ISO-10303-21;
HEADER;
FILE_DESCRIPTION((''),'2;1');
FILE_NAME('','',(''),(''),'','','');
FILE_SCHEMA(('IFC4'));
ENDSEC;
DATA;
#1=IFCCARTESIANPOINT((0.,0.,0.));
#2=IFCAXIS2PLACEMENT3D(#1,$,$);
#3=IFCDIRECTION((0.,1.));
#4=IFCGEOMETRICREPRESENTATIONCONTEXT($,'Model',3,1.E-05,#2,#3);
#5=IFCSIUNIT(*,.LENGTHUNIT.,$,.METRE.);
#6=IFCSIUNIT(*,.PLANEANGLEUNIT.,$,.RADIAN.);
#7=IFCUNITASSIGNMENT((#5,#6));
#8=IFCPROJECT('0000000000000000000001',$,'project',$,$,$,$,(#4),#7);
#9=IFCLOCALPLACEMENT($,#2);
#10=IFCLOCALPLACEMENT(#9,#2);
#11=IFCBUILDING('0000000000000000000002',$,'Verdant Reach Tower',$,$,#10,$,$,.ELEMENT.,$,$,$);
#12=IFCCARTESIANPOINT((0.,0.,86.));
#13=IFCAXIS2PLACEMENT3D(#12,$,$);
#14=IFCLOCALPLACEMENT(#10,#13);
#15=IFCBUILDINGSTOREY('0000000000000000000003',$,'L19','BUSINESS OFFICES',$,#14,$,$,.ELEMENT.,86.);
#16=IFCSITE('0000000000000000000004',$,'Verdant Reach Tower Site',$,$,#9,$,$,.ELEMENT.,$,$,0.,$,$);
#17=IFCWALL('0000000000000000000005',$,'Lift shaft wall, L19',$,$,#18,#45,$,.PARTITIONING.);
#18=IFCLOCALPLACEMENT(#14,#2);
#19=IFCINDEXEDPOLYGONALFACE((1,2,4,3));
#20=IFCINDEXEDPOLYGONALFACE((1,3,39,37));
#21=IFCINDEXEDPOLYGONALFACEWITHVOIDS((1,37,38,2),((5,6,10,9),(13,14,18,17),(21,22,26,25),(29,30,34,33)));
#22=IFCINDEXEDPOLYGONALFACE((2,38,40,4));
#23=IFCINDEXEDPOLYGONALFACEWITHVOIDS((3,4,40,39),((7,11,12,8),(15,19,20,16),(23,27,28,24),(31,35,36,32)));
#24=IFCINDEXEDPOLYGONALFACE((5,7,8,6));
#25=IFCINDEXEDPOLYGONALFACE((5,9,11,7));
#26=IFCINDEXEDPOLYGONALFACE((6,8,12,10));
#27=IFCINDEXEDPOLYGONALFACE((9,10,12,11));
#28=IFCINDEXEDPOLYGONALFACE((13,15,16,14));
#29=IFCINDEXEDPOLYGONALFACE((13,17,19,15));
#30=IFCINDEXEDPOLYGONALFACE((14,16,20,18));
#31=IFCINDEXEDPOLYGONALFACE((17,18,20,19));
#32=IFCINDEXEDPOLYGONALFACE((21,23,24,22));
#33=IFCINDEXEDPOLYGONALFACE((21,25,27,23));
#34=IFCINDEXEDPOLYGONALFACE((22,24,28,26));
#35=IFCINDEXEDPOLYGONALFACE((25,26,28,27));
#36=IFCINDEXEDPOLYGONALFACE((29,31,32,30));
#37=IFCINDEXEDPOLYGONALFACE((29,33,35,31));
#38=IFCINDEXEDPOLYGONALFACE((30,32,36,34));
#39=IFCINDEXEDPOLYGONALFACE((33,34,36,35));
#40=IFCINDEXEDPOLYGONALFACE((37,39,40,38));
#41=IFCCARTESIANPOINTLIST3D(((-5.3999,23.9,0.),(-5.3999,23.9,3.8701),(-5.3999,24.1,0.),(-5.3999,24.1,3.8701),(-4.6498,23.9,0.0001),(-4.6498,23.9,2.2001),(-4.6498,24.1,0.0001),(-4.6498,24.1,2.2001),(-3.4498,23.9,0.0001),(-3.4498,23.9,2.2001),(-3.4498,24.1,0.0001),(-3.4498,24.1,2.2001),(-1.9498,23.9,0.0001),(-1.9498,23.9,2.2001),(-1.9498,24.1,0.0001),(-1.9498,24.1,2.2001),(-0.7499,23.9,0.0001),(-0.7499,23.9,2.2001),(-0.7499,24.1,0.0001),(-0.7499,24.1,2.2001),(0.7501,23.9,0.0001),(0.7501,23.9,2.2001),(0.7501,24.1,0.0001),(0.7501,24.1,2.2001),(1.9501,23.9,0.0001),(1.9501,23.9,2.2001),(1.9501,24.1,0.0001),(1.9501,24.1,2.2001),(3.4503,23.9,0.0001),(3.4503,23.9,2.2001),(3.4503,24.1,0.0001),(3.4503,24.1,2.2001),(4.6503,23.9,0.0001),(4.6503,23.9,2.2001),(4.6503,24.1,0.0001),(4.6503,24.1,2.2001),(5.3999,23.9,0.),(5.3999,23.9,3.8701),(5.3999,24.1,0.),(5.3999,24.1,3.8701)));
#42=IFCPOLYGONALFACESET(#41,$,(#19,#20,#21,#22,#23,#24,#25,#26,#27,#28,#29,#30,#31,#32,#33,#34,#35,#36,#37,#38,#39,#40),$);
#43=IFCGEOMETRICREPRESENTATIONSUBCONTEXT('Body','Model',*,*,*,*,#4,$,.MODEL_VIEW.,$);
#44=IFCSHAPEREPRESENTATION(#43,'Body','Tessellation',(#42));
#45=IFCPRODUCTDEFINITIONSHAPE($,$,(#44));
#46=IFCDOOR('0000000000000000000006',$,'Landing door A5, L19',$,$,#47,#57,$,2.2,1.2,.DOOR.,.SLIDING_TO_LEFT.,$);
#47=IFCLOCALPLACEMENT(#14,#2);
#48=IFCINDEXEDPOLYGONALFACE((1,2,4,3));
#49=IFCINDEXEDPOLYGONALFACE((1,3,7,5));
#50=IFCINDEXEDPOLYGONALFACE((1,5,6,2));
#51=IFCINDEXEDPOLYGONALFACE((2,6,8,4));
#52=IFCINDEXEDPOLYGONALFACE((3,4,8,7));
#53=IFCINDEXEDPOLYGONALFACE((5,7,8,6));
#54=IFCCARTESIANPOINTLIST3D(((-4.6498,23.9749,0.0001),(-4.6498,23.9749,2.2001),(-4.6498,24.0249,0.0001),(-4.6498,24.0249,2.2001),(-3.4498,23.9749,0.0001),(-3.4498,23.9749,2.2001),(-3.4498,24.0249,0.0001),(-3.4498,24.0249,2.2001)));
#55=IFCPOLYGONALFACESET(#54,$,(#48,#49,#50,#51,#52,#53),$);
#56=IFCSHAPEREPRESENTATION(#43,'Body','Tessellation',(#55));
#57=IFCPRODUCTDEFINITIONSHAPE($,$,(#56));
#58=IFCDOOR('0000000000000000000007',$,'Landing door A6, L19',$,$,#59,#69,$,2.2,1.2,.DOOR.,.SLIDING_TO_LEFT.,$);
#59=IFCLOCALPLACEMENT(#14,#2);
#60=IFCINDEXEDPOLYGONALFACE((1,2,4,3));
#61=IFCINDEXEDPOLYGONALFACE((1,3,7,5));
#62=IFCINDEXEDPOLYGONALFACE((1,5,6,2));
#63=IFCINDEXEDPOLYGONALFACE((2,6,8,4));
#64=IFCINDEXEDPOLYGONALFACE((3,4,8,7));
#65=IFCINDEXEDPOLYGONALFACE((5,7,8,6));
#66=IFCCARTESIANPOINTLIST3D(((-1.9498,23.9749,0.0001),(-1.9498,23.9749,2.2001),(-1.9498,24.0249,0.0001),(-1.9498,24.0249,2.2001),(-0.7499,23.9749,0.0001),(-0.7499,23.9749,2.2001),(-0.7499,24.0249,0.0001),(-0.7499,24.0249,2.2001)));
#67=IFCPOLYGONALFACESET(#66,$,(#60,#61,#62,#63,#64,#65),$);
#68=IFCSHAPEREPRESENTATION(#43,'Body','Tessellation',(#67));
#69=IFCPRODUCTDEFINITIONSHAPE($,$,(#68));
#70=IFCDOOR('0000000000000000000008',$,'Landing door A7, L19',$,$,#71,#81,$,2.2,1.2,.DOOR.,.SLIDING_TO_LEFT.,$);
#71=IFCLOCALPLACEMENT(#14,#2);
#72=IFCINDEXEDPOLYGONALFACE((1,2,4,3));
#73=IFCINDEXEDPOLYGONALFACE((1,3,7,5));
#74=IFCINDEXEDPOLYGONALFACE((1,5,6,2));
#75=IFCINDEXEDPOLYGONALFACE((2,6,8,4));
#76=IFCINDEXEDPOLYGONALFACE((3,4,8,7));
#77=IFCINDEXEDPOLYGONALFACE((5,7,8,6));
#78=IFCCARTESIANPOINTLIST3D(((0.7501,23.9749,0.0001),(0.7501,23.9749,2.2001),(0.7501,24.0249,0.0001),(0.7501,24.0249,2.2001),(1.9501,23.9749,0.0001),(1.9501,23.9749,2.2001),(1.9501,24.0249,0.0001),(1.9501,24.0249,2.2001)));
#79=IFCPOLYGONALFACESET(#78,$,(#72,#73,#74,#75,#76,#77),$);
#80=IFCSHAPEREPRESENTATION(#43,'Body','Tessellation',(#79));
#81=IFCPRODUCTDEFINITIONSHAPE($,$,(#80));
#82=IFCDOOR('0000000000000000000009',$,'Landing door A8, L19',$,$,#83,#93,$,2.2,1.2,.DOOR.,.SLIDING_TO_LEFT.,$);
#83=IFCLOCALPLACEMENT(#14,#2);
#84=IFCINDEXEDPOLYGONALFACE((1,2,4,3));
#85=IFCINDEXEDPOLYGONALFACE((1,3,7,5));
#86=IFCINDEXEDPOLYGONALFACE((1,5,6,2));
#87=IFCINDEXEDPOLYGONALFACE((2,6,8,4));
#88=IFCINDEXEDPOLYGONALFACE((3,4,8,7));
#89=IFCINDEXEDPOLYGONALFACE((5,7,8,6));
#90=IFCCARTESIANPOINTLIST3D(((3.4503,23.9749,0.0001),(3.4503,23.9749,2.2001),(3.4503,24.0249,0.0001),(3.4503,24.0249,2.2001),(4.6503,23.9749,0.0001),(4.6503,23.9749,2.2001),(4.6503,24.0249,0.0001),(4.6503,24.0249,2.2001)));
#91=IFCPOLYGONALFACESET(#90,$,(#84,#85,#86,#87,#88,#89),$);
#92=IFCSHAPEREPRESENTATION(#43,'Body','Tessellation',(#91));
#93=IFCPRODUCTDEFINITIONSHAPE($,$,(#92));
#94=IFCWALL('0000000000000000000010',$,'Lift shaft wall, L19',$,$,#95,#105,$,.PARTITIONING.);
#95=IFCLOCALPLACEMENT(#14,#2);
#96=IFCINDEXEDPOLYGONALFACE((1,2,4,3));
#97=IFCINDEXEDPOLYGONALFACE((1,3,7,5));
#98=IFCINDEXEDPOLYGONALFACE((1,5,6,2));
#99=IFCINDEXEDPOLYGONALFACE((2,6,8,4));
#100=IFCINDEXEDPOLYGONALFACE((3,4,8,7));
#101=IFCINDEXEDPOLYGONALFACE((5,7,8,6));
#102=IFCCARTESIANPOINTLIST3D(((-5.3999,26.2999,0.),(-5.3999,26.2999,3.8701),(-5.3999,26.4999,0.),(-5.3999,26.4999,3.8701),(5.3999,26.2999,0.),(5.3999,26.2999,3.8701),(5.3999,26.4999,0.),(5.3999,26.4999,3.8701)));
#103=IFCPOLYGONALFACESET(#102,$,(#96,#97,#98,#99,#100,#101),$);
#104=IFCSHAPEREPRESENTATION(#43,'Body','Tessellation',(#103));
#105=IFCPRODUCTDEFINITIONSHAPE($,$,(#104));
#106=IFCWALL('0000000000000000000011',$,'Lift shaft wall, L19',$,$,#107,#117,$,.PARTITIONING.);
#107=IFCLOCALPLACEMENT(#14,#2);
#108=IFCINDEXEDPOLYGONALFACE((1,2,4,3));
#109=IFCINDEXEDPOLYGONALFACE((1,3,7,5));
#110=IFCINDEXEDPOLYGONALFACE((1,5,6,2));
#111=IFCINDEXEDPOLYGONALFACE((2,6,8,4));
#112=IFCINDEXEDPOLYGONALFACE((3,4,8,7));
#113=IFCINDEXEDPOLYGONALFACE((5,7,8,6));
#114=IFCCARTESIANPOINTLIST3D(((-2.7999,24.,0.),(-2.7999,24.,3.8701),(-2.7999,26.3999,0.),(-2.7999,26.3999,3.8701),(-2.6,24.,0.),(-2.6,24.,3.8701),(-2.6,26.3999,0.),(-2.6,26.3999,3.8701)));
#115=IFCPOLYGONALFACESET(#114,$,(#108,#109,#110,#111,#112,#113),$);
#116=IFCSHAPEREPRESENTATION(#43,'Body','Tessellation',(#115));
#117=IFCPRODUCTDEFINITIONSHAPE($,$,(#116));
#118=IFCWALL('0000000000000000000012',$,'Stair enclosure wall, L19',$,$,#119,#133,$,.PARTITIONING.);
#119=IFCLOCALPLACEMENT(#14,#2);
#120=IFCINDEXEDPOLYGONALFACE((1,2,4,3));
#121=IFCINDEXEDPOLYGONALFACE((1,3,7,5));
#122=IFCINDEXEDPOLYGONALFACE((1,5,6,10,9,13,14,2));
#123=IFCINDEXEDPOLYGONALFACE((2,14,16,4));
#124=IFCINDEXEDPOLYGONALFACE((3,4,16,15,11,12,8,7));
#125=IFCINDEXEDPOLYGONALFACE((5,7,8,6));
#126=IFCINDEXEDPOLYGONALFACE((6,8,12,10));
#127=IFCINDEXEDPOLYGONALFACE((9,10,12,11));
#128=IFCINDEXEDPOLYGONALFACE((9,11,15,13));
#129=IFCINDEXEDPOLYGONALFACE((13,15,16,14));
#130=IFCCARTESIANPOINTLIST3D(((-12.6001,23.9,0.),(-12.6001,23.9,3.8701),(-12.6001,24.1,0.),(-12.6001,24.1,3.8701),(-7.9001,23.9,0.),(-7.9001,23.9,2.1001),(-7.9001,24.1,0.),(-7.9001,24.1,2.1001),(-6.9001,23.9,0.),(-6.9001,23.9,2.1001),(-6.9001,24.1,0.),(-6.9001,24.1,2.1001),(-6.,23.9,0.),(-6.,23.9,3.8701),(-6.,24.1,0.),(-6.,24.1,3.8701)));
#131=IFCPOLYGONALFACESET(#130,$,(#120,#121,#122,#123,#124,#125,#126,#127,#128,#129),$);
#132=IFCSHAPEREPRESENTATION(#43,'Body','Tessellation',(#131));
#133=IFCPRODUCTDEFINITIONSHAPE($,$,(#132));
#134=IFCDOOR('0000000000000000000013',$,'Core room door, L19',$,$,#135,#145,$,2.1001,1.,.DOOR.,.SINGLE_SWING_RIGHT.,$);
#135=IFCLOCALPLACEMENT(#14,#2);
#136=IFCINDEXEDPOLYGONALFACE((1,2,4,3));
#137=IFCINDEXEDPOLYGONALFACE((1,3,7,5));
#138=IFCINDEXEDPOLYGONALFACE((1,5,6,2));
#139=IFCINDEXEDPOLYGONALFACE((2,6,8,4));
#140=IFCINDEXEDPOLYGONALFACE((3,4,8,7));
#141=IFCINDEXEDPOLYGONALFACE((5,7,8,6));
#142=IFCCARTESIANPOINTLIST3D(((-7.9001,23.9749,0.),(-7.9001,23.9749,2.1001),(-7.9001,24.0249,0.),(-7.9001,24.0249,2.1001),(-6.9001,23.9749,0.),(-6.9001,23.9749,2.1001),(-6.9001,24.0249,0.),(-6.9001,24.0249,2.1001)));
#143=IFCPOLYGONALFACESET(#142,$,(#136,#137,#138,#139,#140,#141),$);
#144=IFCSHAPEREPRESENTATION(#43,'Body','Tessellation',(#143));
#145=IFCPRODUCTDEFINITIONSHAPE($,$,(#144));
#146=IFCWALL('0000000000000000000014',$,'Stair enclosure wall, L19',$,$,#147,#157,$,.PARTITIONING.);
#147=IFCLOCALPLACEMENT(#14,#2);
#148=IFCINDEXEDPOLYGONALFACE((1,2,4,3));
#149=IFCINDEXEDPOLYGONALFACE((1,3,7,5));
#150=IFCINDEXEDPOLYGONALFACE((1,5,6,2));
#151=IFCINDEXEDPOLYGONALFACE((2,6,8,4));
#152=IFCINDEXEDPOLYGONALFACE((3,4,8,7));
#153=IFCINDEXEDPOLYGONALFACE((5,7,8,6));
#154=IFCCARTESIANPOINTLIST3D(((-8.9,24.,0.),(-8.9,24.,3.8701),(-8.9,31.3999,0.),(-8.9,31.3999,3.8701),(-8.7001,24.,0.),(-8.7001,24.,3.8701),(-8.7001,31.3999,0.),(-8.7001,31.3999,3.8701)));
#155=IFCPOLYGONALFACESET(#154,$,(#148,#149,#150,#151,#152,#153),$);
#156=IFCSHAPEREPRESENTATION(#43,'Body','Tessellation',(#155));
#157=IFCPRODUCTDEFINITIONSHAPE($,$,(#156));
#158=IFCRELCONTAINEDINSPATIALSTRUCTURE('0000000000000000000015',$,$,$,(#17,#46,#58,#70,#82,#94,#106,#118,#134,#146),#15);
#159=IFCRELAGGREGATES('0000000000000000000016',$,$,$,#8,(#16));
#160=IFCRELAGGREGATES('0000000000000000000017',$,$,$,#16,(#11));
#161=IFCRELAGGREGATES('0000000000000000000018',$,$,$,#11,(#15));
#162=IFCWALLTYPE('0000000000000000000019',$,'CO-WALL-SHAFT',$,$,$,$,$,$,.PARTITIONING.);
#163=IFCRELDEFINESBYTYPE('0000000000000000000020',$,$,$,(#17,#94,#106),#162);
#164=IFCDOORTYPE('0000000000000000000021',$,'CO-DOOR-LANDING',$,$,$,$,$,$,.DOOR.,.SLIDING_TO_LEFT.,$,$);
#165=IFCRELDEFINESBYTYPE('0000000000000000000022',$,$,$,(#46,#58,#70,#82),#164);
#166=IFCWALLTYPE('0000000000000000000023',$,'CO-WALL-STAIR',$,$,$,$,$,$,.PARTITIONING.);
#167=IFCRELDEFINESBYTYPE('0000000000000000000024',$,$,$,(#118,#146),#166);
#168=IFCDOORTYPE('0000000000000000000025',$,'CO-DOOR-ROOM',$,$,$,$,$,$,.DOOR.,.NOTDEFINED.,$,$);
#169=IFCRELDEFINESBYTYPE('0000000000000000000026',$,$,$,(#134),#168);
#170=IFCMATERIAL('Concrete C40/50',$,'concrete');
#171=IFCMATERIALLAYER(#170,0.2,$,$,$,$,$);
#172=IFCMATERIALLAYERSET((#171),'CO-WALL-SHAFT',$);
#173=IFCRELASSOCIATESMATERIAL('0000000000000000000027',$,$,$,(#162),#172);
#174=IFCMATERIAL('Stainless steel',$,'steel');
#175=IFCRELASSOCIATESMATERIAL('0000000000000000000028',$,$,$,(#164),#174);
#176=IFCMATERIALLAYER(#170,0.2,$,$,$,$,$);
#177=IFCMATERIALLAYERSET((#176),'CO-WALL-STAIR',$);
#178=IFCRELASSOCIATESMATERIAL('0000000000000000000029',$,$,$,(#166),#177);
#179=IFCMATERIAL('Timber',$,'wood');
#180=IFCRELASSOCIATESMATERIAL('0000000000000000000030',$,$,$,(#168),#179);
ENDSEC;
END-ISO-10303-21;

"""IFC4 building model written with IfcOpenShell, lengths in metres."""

from ifc_helpers import new_model, si_unit, direction, frame, frame_2d, origin, place, context, subcontext, project, spatial, rectangle, extrude, material, layer, layer_set, type_object, element, fill, save


model = new_model("IFC4")

# Units and contexts
model_context = context("Model", 3, precision=1e-05, world=origin(), true_north=direction((0.0, 1.0)))
body_context = subcontext(model_context, "Body", "Model", "MODEL_VIEW")
ifc_project = project(units=[si_unit("LENGTHUNIT", "METRE"), si_unit("PLANEANGLEUNIT", "RADIAN")], contexts=[model_context])

# Site, building, storey
site_placement = place(None, origin())
site = spatial("IfcSite", under=ifc_project, at=site_placement, Name="Verdant Reach Tower Site", CompositionType="ELEMENT", RefElevation=0.0)
building_placement = place(site_placement, origin())
building = spatial("IfcBuilding", under=site, at=building_placement, Name="Verdant Reach Tower", CompositionType="ELEMENT")
storey_placement = place(building_placement, frame((0.0, 0.0, 86.0)))
storey = spatial("IfcBuildingStorey", under=building, at=storey_placement, Name="L19", Description="BUSINESS OFFICES", CompositionType="ELEMENT", Elevation=86.0)

# Wall, openings, doors
ifc_material_1 = material(Name="Concrete C40/50", Category="concrete")
ifc_layer_1 = layer(ifc_material_1, 0.2)
ifc_layer_set_1 = layer_set([ifc_layer_1], Name="CO-WALL-SHAFT")
wall_type_1 = type_object("IfcWallType", Name="CO-WALL-SHAFT", PredefinedType="PARTITIONING", material=ifc_layer_set_1)
ifc_material_2 = material(Name="Stainless steel", Category="steel")
door_type_1 = type_object("IfcDoorType", Name="CO-DOOR-LANDING", OperationType="SLIDING_TO_LEFT", PredefinedType="DOOR", material=ifc_material_2)
wall_1_placement = place(storey_placement, frame((-5.3999, 24.0, 0.0), z_axis=(0.0, 0.0, 1.0), x_axis=(1.0, 0.0, 0.0)))
wall_1 = element("IfcWall", 1, at=wall_1_placement, inside=storey, type_object=wall_type_1, Name="Lift shaft wall, L19", PredefinedType="PARTITIONING", context=body_context, shape_type="SweptSolid", body=[
    extrude(rectangle(XDim=10.7998, YDim=0.2, at=frame_2d((5.3999, 0.0))), origin(), (0.0, 0.0, 1.0), 3.8701),
])
opening_1_placement = place(wall_1_placement, frame((0.75, 0.0, 0.0)))
opening_1 = element("IfcOpeningElement", 2, at=opening_1_placement, cuts=wall_1, PredefinedType="OPENING", context=body_context, shape_type="SweptSolid", body=[
    extrude(rectangle(XDim=1.2, YDim=2.2, at=frame_2d((0.6001, 1.1001))), frame((0.0, 0.1099, 0.0), z_axis=(0.0, -1.0, 0.0), x_axis=(1.0, 0.0, 0.0)), (0.0, 0.0, 1.0), 0.22),
])
opening_2_placement = place(wall_1_placement, frame((3.45, 0.0, 0.0)))
opening_2 = element("IfcOpeningElement", 3, at=opening_2_placement, cuts=wall_1, PredefinedType="OPENING", context=body_context, shape_type="SweptSolid", body=[
    extrude(rectangle(XDim=1.2, YDim=2.2, at=frame_2d((0.6001, 1.1001))), frame((0.0, 0.1099, 0.0), z_axis=(0.0, -1.0, 0.0), x_axis=(1.0, 0.0, 0.0)), (0.0, 0.0, 1.0), 0.22),
])
opening_3_placement = place(wall_1_placement, frame((6.1499, 0.0, 0.0)))
opening_3 = element("IfcOpeningElement", 4, at=opening_3_placement, cuts=wall_1, PredefinedType="OPENING", context=body_context, shape_type="SweptSolid", body=[
    extrude(rectangle(XDim=1.2, YDim=2.2, at=frame_2d((0.6001, 1.1001))), frame((0.0, 0.1099, 0.0), z_axis=(0.0, -1.0, 0.0), x_axis=(1.0, 0.0, 0.0)), (0.0, 0.0, 1.0), 0.22),
])
opening_4_placement = place(wall_1_placement, frame((8.8501, 0.0, 0.0)))
opening_4 = element("IfcOpeningElement", 5, at=opening_4_placement, cuts=wall_1, PredefinedType="OPENING", context=body_context, shape_type="SweptSolid", body=[
    extrude(rectangle(XDim=1.2, YDim=2.2, at=frame_2d((0.6001, 1.1001))), frame((0.0, 0.1099, 0.0), z_axis=(0.0, -1.0, 0.0), x_axis=(1.0, 0.0, 0.0)), (0.0, 0.0, 1.0), 0.22),
])
door_1_placement = place(opening_1_placement, origin())
door_1 = element("IfcDoor", 6, at=door_1_placement, inside=storey, type_object=door_type_1, Name="Landing door A5, L19", OperationType="SLIDING_TO_LEFT", OverallHeight=2.2, OverallWidth=1.2, PredefinedType="DOOR", context=body_context, shape_type="SweptSolid", body=[
    extrude(rectangle(XDim=1.2, YDim=2.2, at=frame_2d((0.6001, 1.1001))), frame((0.0, 0.0249, 0.0), z_axis=(0.0, -1.0, 0.0), x_axis=(1.0, 0.0, 0.0)), (0.0, 0.0, 1.0), 0.05),
])
fill(opening_1, door_1)
door_2_placement = place(opening_2_placement, origin())
door_2 = element("IfcDoor", 7, at=door_2_placement, inside=storey, type_object=door_type_1, Name="Landing door A6, L19", OperationType="SLIDING_TO_LEFT", OverallHeight=2.2, OverallWidth=1.2, PredefinedType="DOOR", context=body_context, shape_type="SweptSolid", body=[
    extrude(rectangle(XDim=1.2, YDim=2.2, at=frame_2d((0.6001, 1.1001))), frame((0.0, 0.0249, 0.0), z_axis=(0.0, -1.0, 0.0), x_axis=(1.0, 0.0, 0.0)), (0.0, 0.0, 1.0), 0.05),
])
fill(opening_2, door_2)
door_3_placement = place(opening_3_placement, origin())
door_3 = element("IfcDoor", 8, at=door_3_placement, inside=storey, type_object=door_type_1, Name="Landing door A7, L19", OperationType="SLIDING_TO_LEFT", OverallHeight=2.2, OverallWidth=1.2, PredefinedType="DOOR", context=body_context, shape_type="SweptSolid", body=[
    extrude(rectangle(XDim=1.2, YDim=2.2, at=frame_2d((0.6001, 1.1001))), frame((0.0, 0.0249, 0.0), z_axis=(0.0, -1.0, 0.0), x_axis=(1.0, 0.0, 0.0)), (0.0, 0.0, 1.0), 0.05),
])
fill(opening_3, door_3)
door_4_placement = place(opening_4_placement, origin())
door_4 = element("IfcDoor", 9, at=door_4_placement, inside=storey, type_object=door_type_1, Name="Landing door A8, L19", OperationType="SLIDING_TO_LEFT", OverallHeight=2.2, OverallWidth=1.2, PredefinedType="DOOR", context=body_context, shape_type="SweptSolid", body=[
    extrude(rectangle(XDim=1.2, YDim=2.2, at=frame_2d((0.6001, 1.1001))), frame((0.0, 0.0249, 0.0), z_axis=(0.0, -1.0, 0.0), x_axis=(1.0, 0.0, 0.0)), (0.0, 0.0, 1.0), 0.05),
])
fill(opening_4, door_4)

# Walls
wall_2_placement = place(storey_placement, frame((-5.3999, 26.3999, 0.0), z_axis=(0.0, 0.0, 1.0), x_axis=(1.0, 0.0, 0.0)))
element("IfcWall", 10, at=wall_2_placement, inside=storey, type_object=wall_type_1, Name="Lift shaft wall, L19", PredefinedType="PARTITIONING", context=body_context, shape_type="SweptSolid", body=[
    extrude(rectangle(XDim=10.7998, YDim=0.2, at=frame_2d((5.3999, 0.0))), origin(), (0.0, 0.0, 1.0), 3.8701),
])
wall_3_placement = place(storey_placement, frame((-2.7, 24.0, 0.0), z_axis=(0.0, 0.0, 1.0), x_axis=(0.0, 1.0, 0.0)))
element("IfcWall", 11, at=wall_3_placement, inside=storey, type_object=wall_type_1, Name="Lift shaft wall, L19", PredefinedType="PARTITIONING", context=body_context, shape_type="SweptSolid", body=[
    extrude(rectangle(XDim=2.3999, YDim=0.2, at=frame_2d((1.2, 0.0))), origin(), (0.0, 0.0, 1.0), 3.8701),
])

# Wall, opening, door
ifc_layer_2 = layer(ifc_material_1, 0.2)
ifc_layer_set_2 = layer_set([ifc_layer_2], Name="CO-WALL-STAIR")
wall_type_2 = type_object("IfcWallType", Name="CO-WALL-STAIR", PredefinedType="PARTITIONING", material=ifc_layer_set_2)
wall_4_placement = place(storey_placement, frame((-12.6001, 24.0, 0.0), z_axis=(0.0, 0.0, 1.0), x_axis=(1.0, 0.0, 0.0)))
wall_4 = element("IfcWall", 12, at=wall_4_placement, inside=storey, type_object=wall_type_2, Name="Stair enclosure wall, L19", PredefinedType="PARTITIONING", context=body_context, shape_type="SweptSolid", body=[
    extrude(rectangle(XDim=6.6001, YDim=0.2, at=frame_2d((3.3, 0.0))), origin(), (0.0, 0.0, 1.0), 3.8701),
])
opening_5_placement = place(wall_4_placement, frame((4.7, 0.0, 0.0)))
opening_5 = element("IfcOpeningElement", 13, at=opening_5_placement, cuts=wall_4, PredefinedType="OPENING", context=body_context, shape_type="SweptSolid", body=[
    extrude(rectangle(XDim=1.0, YDim=2.1001, at=frame_2d((0.5, 1.05))), frame((0.0, 0.1099, 0.0), z_axis=(0.0, -1.0, 0.0), x_axis=(1.0, 0.0, 0.0)), (0.0, 0.0, 1.0), 0.22),
])
ifc_material_3 = material(Name="Timber", Category="wood")
door_type_2 = type_object("IfcDoorType", Name="CO-DOOR-ROOM", OperationType="NOTDEFINED", PredefinedType="DOOR", material=ifc_material_3)
door_5_placement = place(opening_5_placement, origin())
door_5 = element("IfcDoor", 14, at=door_5_placement, inside=storey, type_object=door_type_2, Name="Core room door, L19", OperationType="SINGLE_SWING_RIGHT", OverallHeight=2.1001, OverallWidth=1.0, PredefinedType="DOOR", context=body_context, shape_type="SweptSolid", body=[
    extrude(rectangle(XDim=1.0, YDim=2.1001, at=frame_2d((0.5, 1.05))), frame((0.0, 0.0249, 0.0), z_axis=(0.0, -1.0, 0.0), x_axis=(1.0, 0.0, 0.0)), (0.0, 0.0, 1.0), 0.05),
])
fill(opening_5, door_5)

# Wall
wall_5_placement = place(storey_placement, frame((-8.8, 24.0, 0.0), z_axis=(0.0, 0.0, 1.0), x_axis=(0.0, 1.0, 0.0)))
element("IfcWall", 15, at=wall_5_placement, inside=storey, type_object=wall_type_2, Name="Stair enclosure wall, L19", PredefinedType="PARTITIONING", context=body_context, shape_type="SweptSolid", body=[
    extrude(rectangle(XDim=7.3999, YDim=0.2, at=frame_2d((3.7, 0.0))), origin(), (0.0, 0.0, 1.0), 3.8701),
])

save(model, "model.ifc")
